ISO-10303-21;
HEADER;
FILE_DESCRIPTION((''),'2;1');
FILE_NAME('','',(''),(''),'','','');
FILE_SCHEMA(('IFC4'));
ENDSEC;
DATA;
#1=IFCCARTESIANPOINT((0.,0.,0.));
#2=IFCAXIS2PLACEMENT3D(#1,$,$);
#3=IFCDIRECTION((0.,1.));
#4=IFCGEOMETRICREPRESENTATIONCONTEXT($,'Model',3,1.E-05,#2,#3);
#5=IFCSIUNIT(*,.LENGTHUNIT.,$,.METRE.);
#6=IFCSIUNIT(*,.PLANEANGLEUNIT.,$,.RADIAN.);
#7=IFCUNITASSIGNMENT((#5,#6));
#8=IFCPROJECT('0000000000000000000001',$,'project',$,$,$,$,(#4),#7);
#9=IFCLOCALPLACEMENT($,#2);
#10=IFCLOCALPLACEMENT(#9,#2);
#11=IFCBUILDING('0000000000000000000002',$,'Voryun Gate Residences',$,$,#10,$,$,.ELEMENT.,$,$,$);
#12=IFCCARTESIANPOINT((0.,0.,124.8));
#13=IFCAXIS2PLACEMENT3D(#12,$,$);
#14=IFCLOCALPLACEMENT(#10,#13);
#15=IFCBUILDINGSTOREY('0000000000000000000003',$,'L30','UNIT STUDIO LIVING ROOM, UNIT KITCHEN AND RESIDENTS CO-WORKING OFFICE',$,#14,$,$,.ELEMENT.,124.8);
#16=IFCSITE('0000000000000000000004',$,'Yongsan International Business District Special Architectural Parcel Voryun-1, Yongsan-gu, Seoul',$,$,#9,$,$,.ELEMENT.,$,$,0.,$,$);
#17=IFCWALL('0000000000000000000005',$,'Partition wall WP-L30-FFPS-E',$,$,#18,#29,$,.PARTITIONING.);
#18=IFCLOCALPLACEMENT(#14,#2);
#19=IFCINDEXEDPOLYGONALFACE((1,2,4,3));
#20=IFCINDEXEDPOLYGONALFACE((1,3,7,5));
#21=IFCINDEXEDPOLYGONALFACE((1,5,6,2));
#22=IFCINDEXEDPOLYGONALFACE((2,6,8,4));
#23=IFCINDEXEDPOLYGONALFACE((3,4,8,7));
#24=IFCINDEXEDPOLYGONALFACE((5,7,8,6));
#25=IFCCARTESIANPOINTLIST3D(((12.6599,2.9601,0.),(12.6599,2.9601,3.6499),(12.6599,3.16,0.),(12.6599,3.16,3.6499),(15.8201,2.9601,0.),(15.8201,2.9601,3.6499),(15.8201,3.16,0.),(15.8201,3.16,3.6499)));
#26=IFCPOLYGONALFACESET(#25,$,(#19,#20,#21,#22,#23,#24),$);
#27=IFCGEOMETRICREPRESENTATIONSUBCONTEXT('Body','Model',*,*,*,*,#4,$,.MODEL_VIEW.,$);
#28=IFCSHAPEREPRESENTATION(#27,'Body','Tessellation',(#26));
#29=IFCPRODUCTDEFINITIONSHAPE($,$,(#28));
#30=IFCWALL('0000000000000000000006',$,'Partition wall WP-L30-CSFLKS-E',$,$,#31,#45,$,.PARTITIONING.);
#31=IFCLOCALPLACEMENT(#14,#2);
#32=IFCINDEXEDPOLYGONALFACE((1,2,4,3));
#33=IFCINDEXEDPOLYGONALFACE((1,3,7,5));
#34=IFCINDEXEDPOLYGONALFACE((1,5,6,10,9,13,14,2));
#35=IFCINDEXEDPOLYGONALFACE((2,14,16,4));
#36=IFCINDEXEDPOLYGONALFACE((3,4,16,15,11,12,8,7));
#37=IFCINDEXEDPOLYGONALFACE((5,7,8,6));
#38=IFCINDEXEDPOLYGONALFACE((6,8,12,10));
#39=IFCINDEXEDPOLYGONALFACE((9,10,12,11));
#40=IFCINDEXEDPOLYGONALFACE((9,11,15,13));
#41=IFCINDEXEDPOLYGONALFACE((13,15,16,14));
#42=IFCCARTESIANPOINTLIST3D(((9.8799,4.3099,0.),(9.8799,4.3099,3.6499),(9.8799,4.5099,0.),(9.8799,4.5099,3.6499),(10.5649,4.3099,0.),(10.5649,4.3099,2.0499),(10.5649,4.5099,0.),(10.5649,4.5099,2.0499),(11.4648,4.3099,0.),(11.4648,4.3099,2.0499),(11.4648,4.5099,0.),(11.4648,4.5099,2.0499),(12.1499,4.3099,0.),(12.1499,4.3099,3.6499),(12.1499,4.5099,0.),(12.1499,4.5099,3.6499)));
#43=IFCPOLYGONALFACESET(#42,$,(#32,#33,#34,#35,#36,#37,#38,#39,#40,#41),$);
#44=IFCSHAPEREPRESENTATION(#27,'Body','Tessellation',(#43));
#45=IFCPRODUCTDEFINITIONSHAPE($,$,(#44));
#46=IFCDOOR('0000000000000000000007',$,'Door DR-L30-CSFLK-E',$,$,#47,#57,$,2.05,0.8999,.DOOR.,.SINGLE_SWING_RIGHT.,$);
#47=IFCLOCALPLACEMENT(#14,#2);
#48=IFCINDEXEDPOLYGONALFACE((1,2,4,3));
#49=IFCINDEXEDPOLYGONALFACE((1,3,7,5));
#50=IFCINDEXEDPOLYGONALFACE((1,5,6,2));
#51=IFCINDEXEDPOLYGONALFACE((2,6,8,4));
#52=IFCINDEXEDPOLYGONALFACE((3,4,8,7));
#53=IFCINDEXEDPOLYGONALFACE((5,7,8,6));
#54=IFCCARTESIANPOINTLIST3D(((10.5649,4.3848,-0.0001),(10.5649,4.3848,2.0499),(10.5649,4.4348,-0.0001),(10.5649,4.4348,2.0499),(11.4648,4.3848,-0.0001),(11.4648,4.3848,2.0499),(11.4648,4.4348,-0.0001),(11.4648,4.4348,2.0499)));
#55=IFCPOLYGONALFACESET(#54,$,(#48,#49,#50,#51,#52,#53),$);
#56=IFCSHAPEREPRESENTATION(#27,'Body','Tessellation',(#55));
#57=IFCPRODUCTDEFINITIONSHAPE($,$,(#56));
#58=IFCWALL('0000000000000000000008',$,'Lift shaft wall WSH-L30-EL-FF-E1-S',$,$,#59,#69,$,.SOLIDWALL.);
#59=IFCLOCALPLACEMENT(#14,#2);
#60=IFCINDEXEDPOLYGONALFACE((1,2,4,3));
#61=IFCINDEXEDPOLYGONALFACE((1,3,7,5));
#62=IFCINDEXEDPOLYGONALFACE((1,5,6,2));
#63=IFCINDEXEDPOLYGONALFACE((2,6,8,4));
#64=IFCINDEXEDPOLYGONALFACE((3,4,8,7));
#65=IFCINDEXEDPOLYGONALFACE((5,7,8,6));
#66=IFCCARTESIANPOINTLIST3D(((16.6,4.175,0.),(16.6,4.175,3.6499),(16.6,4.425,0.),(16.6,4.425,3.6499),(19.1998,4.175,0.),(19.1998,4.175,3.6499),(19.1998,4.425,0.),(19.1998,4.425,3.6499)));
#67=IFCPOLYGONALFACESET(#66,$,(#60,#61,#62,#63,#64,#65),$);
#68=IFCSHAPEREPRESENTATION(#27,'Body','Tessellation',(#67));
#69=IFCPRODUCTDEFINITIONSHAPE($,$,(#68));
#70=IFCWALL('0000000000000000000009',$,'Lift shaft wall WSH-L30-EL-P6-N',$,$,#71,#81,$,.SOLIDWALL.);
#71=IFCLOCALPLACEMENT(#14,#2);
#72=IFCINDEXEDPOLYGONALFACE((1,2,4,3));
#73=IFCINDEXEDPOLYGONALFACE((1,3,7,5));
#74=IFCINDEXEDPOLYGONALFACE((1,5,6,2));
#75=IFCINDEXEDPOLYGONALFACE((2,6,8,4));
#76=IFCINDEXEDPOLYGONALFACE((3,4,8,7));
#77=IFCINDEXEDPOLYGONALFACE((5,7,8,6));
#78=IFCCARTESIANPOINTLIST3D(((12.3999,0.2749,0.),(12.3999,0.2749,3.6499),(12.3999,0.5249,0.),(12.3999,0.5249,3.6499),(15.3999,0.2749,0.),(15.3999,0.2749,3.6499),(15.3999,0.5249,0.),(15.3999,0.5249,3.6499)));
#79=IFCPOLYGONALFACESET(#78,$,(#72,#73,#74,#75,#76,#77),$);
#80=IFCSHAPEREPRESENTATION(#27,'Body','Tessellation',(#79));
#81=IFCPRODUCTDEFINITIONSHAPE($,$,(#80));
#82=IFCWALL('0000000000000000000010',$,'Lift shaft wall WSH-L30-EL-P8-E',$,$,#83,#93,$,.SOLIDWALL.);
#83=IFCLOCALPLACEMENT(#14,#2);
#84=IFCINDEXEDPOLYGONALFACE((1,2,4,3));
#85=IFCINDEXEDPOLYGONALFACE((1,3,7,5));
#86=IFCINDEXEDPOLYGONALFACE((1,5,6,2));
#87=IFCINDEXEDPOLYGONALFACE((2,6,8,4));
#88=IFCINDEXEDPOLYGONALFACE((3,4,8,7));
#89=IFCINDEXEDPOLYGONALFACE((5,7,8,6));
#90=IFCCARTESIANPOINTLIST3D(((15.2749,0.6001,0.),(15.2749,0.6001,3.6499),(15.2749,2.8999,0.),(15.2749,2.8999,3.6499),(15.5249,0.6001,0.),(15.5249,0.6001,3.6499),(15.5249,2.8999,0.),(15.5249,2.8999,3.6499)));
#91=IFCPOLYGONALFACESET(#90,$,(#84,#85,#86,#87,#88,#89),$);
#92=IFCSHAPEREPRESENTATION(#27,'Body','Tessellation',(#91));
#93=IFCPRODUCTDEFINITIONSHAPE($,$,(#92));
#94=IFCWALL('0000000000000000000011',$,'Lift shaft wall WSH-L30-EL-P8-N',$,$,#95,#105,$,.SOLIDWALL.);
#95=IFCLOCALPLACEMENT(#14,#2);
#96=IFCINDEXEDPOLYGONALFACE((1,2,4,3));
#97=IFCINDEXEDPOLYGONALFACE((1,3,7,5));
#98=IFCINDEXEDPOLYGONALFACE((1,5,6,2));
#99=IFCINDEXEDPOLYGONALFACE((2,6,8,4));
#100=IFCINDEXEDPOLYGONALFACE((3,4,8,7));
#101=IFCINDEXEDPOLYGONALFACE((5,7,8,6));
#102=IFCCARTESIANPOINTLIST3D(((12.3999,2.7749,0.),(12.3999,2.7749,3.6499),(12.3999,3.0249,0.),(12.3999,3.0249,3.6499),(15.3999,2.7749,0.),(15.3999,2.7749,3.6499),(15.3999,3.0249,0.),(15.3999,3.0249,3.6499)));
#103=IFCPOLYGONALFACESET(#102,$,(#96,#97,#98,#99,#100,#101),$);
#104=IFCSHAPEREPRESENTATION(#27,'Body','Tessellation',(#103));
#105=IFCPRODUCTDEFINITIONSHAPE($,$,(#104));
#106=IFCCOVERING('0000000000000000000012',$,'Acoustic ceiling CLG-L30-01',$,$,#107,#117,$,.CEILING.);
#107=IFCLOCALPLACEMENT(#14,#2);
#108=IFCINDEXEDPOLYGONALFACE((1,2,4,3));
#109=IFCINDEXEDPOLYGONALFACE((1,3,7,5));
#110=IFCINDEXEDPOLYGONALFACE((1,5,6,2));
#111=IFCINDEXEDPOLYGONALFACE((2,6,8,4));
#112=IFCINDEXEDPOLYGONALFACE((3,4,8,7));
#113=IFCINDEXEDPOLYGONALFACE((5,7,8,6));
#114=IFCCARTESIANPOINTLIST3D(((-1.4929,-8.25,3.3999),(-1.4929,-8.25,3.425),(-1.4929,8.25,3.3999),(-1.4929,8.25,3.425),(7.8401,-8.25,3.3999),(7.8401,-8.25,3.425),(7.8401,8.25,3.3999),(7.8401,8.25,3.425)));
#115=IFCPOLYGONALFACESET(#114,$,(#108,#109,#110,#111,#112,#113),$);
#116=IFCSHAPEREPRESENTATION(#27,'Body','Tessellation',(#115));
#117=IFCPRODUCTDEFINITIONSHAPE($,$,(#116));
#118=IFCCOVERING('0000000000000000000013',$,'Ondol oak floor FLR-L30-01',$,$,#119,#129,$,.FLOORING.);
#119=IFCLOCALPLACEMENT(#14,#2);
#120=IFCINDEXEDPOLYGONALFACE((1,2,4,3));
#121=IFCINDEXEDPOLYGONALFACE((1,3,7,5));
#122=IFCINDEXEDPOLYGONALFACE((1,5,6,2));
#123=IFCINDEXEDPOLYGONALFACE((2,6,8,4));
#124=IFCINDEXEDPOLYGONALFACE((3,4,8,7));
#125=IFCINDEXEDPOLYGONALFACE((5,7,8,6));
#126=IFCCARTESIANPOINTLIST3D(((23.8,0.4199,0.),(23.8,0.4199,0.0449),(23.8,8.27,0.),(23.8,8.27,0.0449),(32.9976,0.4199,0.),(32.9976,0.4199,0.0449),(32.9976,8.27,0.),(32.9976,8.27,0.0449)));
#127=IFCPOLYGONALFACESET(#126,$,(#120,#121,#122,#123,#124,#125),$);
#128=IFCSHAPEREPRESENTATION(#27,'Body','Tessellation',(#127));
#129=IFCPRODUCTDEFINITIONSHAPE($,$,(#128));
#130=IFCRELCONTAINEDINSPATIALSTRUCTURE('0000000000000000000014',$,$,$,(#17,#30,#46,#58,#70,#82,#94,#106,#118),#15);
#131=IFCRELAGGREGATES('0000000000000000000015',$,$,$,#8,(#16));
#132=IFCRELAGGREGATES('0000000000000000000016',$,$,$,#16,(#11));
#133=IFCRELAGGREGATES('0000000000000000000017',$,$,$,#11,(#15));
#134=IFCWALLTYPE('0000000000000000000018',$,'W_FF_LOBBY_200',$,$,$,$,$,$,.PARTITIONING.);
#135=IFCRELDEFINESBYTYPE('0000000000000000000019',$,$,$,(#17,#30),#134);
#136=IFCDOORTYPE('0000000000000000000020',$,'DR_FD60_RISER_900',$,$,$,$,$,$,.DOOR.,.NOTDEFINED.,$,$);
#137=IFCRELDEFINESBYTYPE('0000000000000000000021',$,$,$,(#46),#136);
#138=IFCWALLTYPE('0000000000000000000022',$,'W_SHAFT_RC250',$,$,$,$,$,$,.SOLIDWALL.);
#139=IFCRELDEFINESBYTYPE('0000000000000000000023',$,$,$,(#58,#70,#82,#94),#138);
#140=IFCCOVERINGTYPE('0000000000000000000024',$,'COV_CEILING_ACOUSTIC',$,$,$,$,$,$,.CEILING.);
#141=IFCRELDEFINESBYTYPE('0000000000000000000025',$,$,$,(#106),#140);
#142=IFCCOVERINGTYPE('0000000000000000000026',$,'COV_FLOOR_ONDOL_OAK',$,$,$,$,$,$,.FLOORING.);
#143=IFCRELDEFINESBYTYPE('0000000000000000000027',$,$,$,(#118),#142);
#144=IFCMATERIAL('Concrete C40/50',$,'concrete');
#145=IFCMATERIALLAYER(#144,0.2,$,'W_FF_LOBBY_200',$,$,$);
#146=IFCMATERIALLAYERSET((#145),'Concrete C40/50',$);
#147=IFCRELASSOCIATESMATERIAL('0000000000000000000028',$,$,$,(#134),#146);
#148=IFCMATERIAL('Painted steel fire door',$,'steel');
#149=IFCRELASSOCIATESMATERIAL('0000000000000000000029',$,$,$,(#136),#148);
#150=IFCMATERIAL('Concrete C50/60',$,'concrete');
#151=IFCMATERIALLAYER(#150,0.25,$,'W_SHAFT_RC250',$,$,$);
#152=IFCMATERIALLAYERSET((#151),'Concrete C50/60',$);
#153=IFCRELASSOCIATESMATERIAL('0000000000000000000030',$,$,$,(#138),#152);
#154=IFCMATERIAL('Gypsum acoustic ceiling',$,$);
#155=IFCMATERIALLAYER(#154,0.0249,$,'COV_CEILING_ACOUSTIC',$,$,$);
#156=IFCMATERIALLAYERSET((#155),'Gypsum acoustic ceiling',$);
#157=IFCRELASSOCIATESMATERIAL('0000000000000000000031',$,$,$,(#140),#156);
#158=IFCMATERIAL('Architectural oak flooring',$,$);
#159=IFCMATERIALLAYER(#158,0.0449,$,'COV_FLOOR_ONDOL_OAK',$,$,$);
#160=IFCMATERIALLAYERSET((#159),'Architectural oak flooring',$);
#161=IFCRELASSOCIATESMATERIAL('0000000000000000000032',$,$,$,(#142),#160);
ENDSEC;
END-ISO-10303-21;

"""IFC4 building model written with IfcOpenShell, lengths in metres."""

from ifc_helpers import new_model, si_unit, direction, frame, frame_2d, origin, place, context, subcontext, project, spatial, polyline, rectangle, outline, extrude, material, layer, layer_set, type_object, element, fill, save


model = new_model("IFC4")

# Units and contexts
model_context = context("Model", 3, precision=1e-05, world=origin(), true_north=direction((0.0, 1.0)))
body_context = subcontext(model_context, "Body", "Model", "MODEL_VIEW")
ifc_project = project(units=[si_unit("LENGTHUNIT", "METRE"), si_unit("PLANEANGLEUNIT", "RADIAN")], contexts=[model_context])

# Site, building, storey
site_placement = place(None, origin())
site = spatial("IfcSite", under=ifc_project, at=site_placement, Name="Yongsan International Business District Special Architectural Parcel Voryun-1, Yongsan-gu, Seoul", CompositionType="ELEMENT", RefElevation=0.0)
building_placement = place(site_placement, origin())
building = spatial("IfcBuilding", under=site, at=building_placement, Name="Voryun Gate Residences", CompositionType="ELEMENT")
storey_placement = place(building_placement, frame((0.0, 0.0, 124.8)))
storey = spatial("IfcBuildingStorey", under=building, at=storey_placement, Name="L30", Description="UNIT STUDIO LIVING ROOM, UNIT KITCHEN AND RESIDENTS CO-WORKING OFFICE", CompositionType="ELEMENT", Elevation=124.8)

# Wall
ifc_material_1 = material(Name="Concrete C40/50", Category="concrete")
ifc_layer_1 = layer(ifc_material_1, 0.2, Name="W_FF_LOBBY_200")
ifc_layer_set_1 = layer_set([ifc_layer_1], Name="Concrete C40/50")
wall_type_1 = type_object("IfcWallType", Name="W_FF_LOBBY_200", PredefinedType="PARTITIONING", material=ifc_layer_set_1)
wall_1_placement = place(storey_placement, frame((12.6599, 3.0601, 0.0), z_axis=(0.0, 0.0, 1.0), x_axis=(1.0, 0.0, 0.0)))
element("IfcWall", 1, at=wall_1_placement, inside=storey, type_object=wall_type_1, Name="Partition wall WP-L30-FFPS-E", PredefinedType="PARTITIONING", context=body_context, shape_type="SweptSolid", body=[
    extrude(rectangle(XDim=3.1602, YDim=0.2, at=frame_2d((1.5801, 0.0))), origin(), (0.0, 0.0, 1.0), 3.6499),
])

# Wall, opening, door
wall_2_placement = place(storey_placement, frame((9.8799, 4.4099, 0.0), z_axis=(0.0, 0.0, 1.0), x_axis=(1.0, 0.0, 0.0)))
wall_2 = element("IfcWall", 2, at=wall_2_placement, inside=storey, type_object=wall_type_1, Name="Partition wall WP-L30-CSFLKS-E", PredefinedType="PARTITIONING", context=body_context, shape_type="SweptSolid", body=[
    extrude(rectangle(XDim=2.27, YDim=0.2, at=frame_2d((1.135, 0.0))), origin(), (0.0, 0.0, 1.0), 3.6499),
])
opening_1_placement = place(wall_2_placement, frame((0.6851, 0.0, 0.0)))
opening_1 = element("IfcOpeningElement", 3, at=opening_1_placement, cuts=wall_2, PredefinedType="OPENING", context=body_context, shape_type="SweptSolid", body=[
    extrude(rectangle(XDim=0.8999, YDim=2.05, at=frame_2d((0.45, 1.0249))), frame((0.0, 0.1101, 0.0), z_axis=(0.0, -1.0, 0.0), x_axis=(1.0, 0.0, 0.0)), (0.0, 0.0, 1.0), 0.22),
])
ifc_material_2 = material(Name="Painted steel fire door", Category="steel")
door_type_1 = type_object("IfcDoorType", Name="DR_FD60_RISER_900", OperationType="NOTDEFINED", PredefinedType="DOOR", material=ifc_material_2)
door_1_placement = place(opening_1_placement, origin())
door_1 = element("IfcDoor", 4, at=door_1_placement, inside=storey, type_object=door_type_1, Name="Door DR-L30-CSFLK-E", OperationType="SINGLE_SWING_RIGHT", OverallHeight=2.05, OverallWidth=0.8999, PredefinedType="DOOR", context=body_context, shape_type="SweptSolid", body=[
    extrude(rectangle(XDim=0.8999, YDim=2.05, at=frame_2d((0.45, 1.0249))), frame((0.0, 0.0249, 0.0), z_axis=(0.0, -1.0, 0.0), x_axis=(1.0, 0.0, 0.0)), (0.0, 0.0, 1.0), 0.05),
])
fill(opening_1, door_1)

# Walls
ifc_material_3 = material(Name="Concrete C50/60", Category="concrete")
ifc_layer_2 = layer(ifc_material_3, 0.25, Name="W_SHAFT_RC250")
ifc_layer_set_2 = layer_set([ifc_layer_2], Name="Concrete C50/60")
wall_type_2 = type_object("IfcWallType", Name="W_SHAFT_RC250", PredefinedType="SOLIDWALL", material=ifc_layer_set_2)
wall_3_placement = place(storey_placement, frame((16.6001, 4.3, 0.0), z_axis=(0.0, 0.0, 1.0), x_axis=(1.0, 0.0, 0.0)))
element("IfcWall", 5, at=wall_3_placement, inside=storey, type_object=wall_type_2, Name="Lift shaft wall WSH-L30-EL-FF-E1-S", PredefinedType="SOLIDWALL", context=body_context, shape_type="SweptSolid", body=[
    extrude(rectangle(XDim=2.5999, YDim=0.25, at=frame_2d((1.2998, 0.0))), origin(), (0.0, 0.0, 1.0), 3.6499),
])
wall_4_placement = place(storey_placement, frame((15.3999, 0.3999, 0.0), z_axis=(0.0, 0.0, 1.0), x_axis=(-1.0, 0.0, 0.0)))
element("IfcWall", 6, at=wall_4_placement, inside=storey, type_object=wall_type_2, Name="Lift shaft wall WSH-L30-EL-P6-N", PredefinedType="SOLIDWALL", context=body_context, shape_type="SweptSolid", body=[
    extrude(rectangle(XDim=3.0, YDim=0.25, at=frame_2d((1.5, 0.0))), origin(), (0.0, 0.0, 1.0), 3.6499),
])
wall_5_placement = place(storey_placement, frame((15.3999, 0.6001, 0.0), z_axis=(0.0, 0.0, 1.0), x_axis=(0.0, 1.0, 0.0)))
element("IfcWall", 7, at=wall_5_placement, inside=storey, type_object=wall_type_2, Name="Lift shaft wall WSH-L30-EL-P8-E", PredefinedType="SOLIDWALL", context=body_context, shape_type="SweptSolid", body=[
    extrude(rectangle(XDim=2.2998, YDim=0.25, at=frame_2d((1.1499, 0.0))), origin(), (0.0, 0.0, 1.0), 3.6499),
])
wall_6_placement = place(storey_placement, frame((15.3999, 2.8999, 0.0), z_axis=(0.0, 0.0, 1.0), x_axis=(-1.0, 0.0, 0.0)))
element("IfcWall", 8, at=wall_6_placement, inside=storey, type_object=wall_type_2, Name="Lift shaft wall WSH-L30-EL-P8-N", PredefinedType="SOLIDWALL", context=body_context, shape_type="SweptSolid", body=[
    extrude(rectangle(XDim=3.0, YDim=0.25, at=frame_2d((1.5, 0.0))), origin(), (0.0, 0.0, 1.0), 3.6499),
])

# Coverings
ifc_material_4 = material(Name="Gypsum acoustic ceiling")
ifc_layer_3 = layer(ifc_material_4, 0.0249, Name="COV_CEILING_ACOUSTIC")
ifc_layer_set_3 = layer_set([ifc_layer_3], Name="Gypsum acoustic ceiling")
covering_type_1 = type_object("IfcCoveringType", Name="COV_CEILING_ACOUSTIC", PredefinedType="CEILING", material=ifc_layer_set_3)
covering_1_placement = place(storey_placement, frame((0.0, 0.0, 3.3999)))
element("IfcCovering", 9, at=covering_1_placement, inside=storey, type_object=covering_type_1, Name="Acoustic ceiling CLG-L30-01", PredefinedType="CEILING", context=body_context, shape_type="SweptSolid", body=[
    extrude(outline(polyline([(-1.4929, 8.25), (7.8401, 8.25), (7.8401, -8.25), (-1.4929, -8.25), (-1.4929, 8.25)])), origin(), (0.0, 0.0, 1.0), 0.0251),
])
ifc_material_5 = material(Name="Architectural oak flooring")
ifc_layer_4 = layer(ifc_material_5, 0.0449, Name="COV_FLOOR_ONDOL_OAK")
ifc_layer_set_4 = layer_set([ifc_layer_4], Name="Architectural oak flooring")
covering_type_2 = type_object("IfcCoveringType", Name="COV_FLOOR_ONDOL_OAK", PredefinedType="FLOORING", material=ifc_layer_set_4)
covering_2_placement = place(storey_placement, origin())
element("IfcCovering", 10, at=covering_2_placement, inside=storey, type_object=covering_type_2, Name="Ondol oak floor FLR-L30-01", PredefinedType="FLOORING", context=body_context, shape_type="SweptSolid", body=[
    extrude(outline(polyline([(23.8, 0.4199), (23.8, 8.27), (32.9976, 8.27), (32.9976, 0.4199), (23.8, 0.4199)])), origin(), (0.0, 0.0, 1.0), 0.0449),
])

save(model, "model.ifc")
